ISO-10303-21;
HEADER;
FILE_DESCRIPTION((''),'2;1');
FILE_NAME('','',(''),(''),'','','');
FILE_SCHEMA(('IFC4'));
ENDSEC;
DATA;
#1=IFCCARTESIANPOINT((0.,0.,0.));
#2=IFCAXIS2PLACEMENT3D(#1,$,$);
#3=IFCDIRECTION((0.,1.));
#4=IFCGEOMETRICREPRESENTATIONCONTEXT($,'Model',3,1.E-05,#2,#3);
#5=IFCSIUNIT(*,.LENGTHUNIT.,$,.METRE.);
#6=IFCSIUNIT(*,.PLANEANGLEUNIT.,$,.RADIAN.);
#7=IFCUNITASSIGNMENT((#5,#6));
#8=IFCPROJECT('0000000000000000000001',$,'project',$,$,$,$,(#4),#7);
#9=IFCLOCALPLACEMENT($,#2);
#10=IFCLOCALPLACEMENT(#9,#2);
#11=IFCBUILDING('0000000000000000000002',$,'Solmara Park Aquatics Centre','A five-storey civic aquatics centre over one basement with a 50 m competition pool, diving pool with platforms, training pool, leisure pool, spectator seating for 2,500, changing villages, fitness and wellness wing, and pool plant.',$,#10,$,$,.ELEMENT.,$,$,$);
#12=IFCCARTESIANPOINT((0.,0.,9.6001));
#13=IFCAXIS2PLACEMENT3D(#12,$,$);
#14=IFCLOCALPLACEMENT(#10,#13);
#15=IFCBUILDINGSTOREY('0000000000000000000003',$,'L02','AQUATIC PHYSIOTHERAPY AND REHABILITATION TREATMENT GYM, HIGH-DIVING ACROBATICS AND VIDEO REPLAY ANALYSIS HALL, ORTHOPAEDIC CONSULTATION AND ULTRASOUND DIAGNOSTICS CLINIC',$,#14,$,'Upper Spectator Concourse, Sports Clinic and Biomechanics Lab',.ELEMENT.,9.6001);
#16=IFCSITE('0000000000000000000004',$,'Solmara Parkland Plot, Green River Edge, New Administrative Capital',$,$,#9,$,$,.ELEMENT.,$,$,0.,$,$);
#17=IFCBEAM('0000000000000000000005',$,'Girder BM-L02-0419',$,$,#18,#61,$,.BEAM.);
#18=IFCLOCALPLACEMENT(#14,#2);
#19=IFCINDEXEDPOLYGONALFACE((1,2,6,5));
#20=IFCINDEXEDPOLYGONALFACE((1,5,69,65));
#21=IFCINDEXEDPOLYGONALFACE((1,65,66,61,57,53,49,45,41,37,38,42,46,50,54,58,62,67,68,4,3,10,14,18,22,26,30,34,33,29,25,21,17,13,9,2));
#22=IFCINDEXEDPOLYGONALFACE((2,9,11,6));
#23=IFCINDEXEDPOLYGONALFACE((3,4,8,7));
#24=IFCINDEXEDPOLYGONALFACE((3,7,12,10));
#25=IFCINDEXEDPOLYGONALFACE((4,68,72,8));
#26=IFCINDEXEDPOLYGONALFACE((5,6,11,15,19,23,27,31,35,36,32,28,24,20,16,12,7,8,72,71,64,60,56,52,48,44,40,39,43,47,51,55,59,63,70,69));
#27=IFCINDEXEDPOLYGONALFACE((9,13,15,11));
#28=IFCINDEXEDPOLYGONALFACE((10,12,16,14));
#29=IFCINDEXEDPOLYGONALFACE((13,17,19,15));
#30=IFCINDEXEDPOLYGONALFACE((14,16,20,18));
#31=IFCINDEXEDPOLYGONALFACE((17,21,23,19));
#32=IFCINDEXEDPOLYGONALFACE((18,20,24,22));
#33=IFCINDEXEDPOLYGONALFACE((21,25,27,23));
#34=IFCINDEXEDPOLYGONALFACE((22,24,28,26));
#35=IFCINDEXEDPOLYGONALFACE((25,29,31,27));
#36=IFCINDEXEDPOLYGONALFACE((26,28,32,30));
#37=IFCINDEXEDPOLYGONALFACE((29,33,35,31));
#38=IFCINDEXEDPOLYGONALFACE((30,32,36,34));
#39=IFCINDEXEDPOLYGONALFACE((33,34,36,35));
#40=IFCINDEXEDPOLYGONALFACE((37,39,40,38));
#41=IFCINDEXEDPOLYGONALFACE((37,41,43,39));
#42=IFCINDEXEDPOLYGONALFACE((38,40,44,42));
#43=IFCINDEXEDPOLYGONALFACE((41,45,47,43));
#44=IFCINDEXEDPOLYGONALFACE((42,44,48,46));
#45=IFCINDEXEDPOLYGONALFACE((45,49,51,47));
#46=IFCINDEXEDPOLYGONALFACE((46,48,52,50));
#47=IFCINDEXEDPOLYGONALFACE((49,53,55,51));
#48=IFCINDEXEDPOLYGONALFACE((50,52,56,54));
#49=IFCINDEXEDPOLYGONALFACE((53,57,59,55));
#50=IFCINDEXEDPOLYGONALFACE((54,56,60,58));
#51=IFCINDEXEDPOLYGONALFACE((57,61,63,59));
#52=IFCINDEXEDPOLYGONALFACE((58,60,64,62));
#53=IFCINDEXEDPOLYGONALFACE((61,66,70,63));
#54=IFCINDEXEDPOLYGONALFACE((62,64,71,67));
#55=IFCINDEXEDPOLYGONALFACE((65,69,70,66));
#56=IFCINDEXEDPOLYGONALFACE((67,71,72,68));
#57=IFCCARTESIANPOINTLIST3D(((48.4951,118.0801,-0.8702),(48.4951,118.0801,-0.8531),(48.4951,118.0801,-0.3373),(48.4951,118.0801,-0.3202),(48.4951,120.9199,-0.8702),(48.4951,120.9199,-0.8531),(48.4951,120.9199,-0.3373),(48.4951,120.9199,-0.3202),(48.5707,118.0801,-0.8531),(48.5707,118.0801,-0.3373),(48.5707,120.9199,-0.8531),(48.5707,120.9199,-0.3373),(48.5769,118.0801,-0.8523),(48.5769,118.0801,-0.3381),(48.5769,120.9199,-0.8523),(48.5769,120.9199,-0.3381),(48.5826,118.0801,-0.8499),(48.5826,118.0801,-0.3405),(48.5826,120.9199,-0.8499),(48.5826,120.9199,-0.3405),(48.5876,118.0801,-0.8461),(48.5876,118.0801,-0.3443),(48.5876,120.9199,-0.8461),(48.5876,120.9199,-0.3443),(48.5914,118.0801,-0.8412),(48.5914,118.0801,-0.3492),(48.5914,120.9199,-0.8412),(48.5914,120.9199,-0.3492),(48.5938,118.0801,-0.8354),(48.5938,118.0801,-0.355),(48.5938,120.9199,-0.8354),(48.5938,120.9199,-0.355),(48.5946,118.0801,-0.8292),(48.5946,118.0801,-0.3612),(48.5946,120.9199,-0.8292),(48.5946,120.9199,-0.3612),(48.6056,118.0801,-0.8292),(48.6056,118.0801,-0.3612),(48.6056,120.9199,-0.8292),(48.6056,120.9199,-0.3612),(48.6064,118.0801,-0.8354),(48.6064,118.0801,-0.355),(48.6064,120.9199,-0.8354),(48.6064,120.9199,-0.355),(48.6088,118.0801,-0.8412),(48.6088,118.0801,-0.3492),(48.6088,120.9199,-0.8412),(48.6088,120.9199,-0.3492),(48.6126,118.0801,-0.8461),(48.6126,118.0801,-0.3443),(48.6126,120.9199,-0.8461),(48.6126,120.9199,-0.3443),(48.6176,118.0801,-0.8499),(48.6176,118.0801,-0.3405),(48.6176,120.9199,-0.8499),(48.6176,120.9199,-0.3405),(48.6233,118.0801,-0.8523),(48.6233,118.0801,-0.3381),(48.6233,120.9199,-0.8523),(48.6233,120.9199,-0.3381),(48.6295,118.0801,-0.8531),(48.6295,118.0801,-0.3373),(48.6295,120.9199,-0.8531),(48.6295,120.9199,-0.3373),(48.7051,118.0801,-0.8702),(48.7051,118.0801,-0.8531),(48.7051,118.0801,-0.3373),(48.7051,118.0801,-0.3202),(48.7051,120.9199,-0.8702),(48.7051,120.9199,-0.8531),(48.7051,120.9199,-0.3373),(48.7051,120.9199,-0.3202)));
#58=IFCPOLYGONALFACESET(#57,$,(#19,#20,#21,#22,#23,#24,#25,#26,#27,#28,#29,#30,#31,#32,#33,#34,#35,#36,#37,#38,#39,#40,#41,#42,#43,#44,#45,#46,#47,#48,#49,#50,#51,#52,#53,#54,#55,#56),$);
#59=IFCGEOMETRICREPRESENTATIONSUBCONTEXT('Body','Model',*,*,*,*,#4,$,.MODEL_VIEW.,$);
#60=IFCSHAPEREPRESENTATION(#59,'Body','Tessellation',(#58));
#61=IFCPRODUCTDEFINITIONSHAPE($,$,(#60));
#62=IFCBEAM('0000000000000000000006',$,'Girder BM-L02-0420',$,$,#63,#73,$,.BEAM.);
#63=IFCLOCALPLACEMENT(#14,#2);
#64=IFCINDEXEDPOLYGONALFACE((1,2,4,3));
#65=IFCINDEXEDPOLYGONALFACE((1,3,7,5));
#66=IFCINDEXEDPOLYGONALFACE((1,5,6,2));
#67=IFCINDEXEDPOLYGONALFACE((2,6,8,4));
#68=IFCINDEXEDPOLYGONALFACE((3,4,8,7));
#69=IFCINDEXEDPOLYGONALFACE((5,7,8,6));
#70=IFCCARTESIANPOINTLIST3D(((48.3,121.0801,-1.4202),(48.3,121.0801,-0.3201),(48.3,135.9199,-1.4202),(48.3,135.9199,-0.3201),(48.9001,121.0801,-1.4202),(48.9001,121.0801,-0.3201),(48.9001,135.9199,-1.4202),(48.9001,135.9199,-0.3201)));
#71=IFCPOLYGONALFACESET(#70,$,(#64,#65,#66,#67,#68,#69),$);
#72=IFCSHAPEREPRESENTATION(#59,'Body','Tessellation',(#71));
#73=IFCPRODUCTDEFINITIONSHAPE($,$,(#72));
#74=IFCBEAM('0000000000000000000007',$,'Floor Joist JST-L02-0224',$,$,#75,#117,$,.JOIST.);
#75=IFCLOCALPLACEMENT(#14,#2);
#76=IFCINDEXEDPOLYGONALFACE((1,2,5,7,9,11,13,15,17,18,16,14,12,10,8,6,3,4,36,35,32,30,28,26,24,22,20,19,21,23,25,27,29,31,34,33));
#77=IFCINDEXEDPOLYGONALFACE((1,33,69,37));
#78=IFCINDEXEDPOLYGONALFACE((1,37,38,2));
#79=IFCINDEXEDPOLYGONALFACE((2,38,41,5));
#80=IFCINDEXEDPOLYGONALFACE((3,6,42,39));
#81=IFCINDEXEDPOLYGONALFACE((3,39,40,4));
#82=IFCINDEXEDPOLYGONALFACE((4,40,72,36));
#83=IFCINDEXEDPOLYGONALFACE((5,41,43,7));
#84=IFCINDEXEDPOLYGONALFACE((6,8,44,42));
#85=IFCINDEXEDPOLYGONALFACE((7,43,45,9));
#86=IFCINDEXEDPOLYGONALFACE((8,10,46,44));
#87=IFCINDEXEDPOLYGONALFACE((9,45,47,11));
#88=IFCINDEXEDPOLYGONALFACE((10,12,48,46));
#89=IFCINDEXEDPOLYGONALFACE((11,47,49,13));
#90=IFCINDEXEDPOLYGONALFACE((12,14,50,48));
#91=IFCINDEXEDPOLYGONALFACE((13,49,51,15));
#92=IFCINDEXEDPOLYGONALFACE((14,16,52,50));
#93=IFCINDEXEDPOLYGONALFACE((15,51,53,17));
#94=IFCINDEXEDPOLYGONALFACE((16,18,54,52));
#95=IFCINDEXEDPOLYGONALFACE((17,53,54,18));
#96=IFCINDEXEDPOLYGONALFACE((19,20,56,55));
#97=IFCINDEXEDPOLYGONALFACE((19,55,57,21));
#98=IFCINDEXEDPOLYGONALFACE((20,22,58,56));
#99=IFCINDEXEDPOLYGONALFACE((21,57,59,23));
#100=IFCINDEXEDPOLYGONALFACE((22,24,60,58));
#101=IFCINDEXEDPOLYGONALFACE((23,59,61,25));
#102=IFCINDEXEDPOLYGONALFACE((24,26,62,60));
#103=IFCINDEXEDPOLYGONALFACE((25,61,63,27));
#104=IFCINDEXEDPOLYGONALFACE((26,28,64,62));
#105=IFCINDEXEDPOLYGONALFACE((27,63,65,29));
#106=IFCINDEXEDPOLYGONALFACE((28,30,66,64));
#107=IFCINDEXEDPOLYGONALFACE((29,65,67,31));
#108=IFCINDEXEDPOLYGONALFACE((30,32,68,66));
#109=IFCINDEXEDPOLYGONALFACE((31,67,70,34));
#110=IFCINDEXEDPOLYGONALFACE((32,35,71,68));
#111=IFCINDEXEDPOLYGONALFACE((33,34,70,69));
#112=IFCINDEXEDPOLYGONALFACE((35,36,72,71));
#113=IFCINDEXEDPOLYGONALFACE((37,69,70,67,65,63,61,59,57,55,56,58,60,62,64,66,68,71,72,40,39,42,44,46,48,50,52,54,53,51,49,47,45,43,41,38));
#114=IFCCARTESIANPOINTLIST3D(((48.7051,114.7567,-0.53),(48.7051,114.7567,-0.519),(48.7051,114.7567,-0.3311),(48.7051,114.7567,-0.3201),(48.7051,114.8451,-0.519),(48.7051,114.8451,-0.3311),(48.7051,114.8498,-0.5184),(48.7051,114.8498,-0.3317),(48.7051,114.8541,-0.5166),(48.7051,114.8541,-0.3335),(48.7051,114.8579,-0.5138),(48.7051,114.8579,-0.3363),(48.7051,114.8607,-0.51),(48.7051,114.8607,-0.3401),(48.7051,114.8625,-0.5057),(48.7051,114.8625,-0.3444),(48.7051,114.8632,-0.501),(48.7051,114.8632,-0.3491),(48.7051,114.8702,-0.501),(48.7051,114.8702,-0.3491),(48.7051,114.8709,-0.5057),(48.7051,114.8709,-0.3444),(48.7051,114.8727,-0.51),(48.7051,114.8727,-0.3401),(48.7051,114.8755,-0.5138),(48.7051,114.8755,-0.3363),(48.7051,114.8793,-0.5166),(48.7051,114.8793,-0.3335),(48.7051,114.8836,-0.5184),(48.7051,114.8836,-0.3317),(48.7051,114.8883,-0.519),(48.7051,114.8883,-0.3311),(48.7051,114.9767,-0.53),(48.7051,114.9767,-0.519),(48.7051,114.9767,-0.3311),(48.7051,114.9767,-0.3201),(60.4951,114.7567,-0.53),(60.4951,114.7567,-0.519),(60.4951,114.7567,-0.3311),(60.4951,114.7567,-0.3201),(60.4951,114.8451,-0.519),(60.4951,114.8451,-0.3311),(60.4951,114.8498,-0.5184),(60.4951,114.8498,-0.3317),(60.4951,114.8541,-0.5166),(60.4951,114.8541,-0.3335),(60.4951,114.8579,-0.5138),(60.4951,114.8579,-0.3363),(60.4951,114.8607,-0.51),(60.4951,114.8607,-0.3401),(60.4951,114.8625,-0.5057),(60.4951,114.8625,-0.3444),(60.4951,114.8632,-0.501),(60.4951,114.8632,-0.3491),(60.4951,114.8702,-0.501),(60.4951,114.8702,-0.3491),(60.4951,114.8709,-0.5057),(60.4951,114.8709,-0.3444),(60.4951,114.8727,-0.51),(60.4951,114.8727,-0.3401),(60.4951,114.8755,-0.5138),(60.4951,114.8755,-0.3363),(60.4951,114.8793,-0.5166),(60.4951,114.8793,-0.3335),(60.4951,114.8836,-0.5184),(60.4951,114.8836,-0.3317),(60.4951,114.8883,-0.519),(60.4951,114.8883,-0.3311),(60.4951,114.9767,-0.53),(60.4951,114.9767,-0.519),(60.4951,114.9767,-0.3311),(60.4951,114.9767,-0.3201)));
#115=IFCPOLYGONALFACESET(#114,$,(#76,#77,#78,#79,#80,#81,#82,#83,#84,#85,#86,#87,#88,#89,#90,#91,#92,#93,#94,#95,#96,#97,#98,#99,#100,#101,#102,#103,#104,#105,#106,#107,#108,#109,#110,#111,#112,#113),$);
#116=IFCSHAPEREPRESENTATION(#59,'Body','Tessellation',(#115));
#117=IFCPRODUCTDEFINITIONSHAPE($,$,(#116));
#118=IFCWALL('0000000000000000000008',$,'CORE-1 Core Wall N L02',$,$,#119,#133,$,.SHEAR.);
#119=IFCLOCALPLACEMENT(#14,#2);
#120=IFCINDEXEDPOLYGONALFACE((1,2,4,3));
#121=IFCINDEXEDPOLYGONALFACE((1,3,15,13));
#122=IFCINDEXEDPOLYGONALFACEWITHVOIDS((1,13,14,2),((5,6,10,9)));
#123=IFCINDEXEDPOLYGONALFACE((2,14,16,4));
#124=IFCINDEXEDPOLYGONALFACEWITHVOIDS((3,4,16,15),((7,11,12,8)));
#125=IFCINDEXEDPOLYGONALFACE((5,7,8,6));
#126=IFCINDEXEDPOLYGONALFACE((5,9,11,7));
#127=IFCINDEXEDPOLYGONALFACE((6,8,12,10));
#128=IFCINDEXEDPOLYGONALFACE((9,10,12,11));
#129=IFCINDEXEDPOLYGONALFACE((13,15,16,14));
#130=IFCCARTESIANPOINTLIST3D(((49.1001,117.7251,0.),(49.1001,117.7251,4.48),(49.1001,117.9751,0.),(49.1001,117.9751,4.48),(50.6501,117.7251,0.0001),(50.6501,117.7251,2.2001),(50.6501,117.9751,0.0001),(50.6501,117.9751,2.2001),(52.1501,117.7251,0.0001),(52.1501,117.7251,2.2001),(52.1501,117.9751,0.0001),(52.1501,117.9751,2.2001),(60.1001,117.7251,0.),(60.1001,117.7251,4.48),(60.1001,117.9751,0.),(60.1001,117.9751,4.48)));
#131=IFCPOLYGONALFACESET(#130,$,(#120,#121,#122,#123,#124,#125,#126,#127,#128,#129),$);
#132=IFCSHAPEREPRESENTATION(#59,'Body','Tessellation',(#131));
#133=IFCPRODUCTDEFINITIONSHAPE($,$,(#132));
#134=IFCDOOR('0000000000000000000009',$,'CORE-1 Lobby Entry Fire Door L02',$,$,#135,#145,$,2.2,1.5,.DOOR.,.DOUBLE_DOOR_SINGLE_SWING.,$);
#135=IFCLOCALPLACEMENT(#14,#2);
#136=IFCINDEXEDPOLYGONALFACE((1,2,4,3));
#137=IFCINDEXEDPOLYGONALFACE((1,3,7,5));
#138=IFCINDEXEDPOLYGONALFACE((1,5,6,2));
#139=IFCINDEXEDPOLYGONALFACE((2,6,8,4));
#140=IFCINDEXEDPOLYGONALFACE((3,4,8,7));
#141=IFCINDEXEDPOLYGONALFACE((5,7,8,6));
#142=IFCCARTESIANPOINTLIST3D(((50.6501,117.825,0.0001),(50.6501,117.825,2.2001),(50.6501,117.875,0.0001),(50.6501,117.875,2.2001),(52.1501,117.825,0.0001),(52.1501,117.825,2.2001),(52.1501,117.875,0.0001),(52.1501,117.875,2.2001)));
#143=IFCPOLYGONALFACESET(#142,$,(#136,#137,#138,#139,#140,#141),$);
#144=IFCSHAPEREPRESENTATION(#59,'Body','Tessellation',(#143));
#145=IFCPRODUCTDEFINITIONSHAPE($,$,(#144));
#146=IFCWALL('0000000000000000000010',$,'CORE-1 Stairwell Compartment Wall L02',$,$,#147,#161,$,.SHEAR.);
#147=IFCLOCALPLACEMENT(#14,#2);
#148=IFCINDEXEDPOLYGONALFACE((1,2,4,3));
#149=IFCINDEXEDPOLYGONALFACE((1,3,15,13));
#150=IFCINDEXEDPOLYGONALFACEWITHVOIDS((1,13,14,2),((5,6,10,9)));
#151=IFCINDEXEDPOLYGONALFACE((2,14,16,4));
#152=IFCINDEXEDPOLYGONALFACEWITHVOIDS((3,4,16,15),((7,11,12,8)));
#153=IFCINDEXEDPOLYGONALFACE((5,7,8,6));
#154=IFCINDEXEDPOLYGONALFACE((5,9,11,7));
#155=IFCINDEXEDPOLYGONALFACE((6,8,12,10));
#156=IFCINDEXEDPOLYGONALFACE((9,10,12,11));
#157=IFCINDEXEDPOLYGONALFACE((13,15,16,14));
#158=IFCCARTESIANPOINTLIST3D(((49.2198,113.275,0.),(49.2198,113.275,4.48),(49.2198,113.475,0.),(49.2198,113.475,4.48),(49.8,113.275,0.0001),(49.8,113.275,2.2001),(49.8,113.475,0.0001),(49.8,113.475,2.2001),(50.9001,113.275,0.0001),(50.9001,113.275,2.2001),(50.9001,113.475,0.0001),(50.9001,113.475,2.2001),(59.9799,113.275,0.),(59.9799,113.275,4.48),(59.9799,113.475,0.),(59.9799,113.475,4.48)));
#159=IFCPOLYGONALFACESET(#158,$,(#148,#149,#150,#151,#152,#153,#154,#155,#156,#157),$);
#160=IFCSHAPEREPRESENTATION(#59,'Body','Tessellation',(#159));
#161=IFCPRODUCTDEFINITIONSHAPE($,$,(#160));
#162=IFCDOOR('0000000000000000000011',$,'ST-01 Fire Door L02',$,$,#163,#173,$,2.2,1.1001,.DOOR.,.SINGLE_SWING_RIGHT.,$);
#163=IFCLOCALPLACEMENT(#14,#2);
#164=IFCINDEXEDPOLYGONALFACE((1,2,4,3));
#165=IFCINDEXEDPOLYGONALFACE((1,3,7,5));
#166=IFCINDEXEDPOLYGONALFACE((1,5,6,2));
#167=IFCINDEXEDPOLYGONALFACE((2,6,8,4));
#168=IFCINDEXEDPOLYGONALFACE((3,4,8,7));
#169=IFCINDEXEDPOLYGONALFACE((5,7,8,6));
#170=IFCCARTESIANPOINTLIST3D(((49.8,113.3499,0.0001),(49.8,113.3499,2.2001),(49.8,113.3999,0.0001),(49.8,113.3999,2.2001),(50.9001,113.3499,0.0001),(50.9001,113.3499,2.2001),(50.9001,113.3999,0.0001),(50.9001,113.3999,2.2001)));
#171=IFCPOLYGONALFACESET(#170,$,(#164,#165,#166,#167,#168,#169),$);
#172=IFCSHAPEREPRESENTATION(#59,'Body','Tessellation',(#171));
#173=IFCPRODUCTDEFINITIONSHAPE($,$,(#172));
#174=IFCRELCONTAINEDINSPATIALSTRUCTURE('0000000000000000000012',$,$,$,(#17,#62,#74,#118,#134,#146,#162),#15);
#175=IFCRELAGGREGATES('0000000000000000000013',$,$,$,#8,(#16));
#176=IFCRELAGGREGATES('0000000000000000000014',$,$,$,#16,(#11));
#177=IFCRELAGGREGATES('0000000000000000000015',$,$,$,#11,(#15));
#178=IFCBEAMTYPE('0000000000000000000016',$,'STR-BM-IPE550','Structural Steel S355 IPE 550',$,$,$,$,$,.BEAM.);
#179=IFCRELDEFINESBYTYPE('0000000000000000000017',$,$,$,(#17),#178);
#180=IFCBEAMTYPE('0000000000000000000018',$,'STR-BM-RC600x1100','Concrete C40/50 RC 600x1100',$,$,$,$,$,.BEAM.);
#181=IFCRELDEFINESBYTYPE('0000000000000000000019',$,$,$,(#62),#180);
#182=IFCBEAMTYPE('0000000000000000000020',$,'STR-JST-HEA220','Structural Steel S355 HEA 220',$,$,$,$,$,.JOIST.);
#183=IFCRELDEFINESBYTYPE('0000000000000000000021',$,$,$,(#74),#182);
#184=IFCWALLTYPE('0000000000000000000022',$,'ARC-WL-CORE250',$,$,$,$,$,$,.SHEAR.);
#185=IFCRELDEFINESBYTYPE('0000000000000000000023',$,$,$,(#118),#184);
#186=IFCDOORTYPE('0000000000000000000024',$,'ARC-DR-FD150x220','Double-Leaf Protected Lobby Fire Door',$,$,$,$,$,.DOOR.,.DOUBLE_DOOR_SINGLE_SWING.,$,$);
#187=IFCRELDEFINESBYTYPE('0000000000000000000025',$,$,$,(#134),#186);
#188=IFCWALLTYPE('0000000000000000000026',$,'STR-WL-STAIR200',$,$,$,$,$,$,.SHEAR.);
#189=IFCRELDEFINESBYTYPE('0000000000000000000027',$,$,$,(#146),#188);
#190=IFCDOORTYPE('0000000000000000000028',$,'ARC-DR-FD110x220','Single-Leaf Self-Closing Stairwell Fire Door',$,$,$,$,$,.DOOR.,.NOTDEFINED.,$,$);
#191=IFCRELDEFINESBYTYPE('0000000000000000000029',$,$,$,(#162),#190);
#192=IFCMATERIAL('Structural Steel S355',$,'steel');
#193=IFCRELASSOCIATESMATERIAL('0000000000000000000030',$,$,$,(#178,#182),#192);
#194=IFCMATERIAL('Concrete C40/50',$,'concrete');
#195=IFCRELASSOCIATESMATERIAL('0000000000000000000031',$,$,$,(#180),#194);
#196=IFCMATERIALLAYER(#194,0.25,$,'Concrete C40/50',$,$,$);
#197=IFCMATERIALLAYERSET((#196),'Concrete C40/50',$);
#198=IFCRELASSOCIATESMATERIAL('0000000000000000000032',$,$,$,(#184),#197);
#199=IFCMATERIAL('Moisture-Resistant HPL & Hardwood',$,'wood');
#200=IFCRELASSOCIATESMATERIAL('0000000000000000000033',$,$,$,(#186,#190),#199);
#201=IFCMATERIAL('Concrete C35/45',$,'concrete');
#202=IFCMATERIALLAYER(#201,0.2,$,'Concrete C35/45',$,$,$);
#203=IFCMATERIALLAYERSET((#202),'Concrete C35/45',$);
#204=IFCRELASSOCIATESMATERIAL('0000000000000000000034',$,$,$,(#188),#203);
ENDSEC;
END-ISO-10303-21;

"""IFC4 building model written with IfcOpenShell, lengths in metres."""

from ifc_helpers import new_model, si_unit, direction, frame, frame_2d, origin, origin_2d, place, context, subcontext, project, spatial, rectangle, i_section, extrude, material, layer, layer_set, material_profile, profile_set, type_object, element, fill, save


model = new_model("IFC4")

# Units and contexts
model_context = context("Model", 3, precision=1e-05, world=origin(), true_north=direction((0.0, 1.0)))
body_context = subcontext(model_context, "Body", "Model", "MODEL_VIEW")
ifc_project = project(units=[si_unit("LENGTHUNIT", "METRE"), si_unit("PLANEANGLEUNIT", "RADIAN")], contexts=[model_context])

# Site, building, storey
site_placement = place(None, origin())
site = spatial("IfcSite", under=ifc_project, at=site_placement, Name="Solmara Parkland Plot, Green River Edge, New Administrative Capital", CompositionType="ELEMENT", RefElevation=0.0)
building_placement = place(site_placement, origin())
building = spatial("IfcBuilding", under=site, at=building_placement, Name="Solmara Park Aquatics Centre", Description="A five-storey civic aquatics centre over one basement with a 50 m competition pool, diving pool with platforms, training pool, leisure pool, spectator seating for 2,500, changing villages, fitness and wellness wing, and pool plant.", CompositionType="ELEMENT")
storey_placement = place(building_placement, frame((0.0, 0.0, 9.6001)))
storey = spatial("IfcBuildingStorey", under=building, at=storey_placement, Name="L02", Description="AQUATIC PHYSIOTHERAPY AND REHABILITATION TREATMENT GYM, HIGH-DIVING ACROBATICS AND VIDEO REPLAY ANALYSIS HALL, ORTHOPAEDIC CONSULTATION AND ULTRASOUND DIAGNOSTICS CLINIC", LongName="Upper Spectator Concourse, Sports Clinic and Biomechanics Lab", CompositionType="ELEMENT", Elevation=9.6001)

# Shared definitions
ifc_material_1 = material(Name="Structural Steel S355", Category="steel")
ifc_material_2 = material(Name="Concrete C40/50", Category="concrete")

# Beams
ifc_material_profile_1 = material_profile(ifc_material_1, i_section(OverallWidth=0.21, OverallDepth=0.55, WebThickness=0.011, FlangeThickness=0.0171, FilletRadius=0.0239, at=origin_2d()), Name="IPE 550")
ifc_profile_set_1 = profile_set([ifc_material_profile_1], Name="Structural Steel S355")
beam_type_1 = type_object("IfcBeamType", Name="STR-BM-IPE550", Description="Structural Steel S355 IPE 550", PredefinedType="BEAM", material=ifc_profile_set_1)
beam_1_placement = place(storey_placement, frame((48.6001, 118.0801, -0.5952), z_axis=(0.0, 1.0, 0.0), x_axis=(-1.0, 0.0, 0.0)))
element("IfcBeam", 1, at=beam_1_placement, inside=storey, type_object=beam_type_1, Name="Girder BM-L02-0419", PredefinedType="BEAM", context=body_context, shape_type="SweptSolid", body=[
    extrude(i_section(OverallWidth=0.21, OverallDepth=0.55, WebThickness=0.011, FlangeThickness=0.0171, FilletRadius=0.0239, at=origin_2d()), origin(), (0.0, 0.0, 1.0), 2.8398),
])
ifc_material_profile_2 = material_profile(ifc_material_2, rectangle(XDim=0.6001, YDim=1.1001, at=origin_2d()), Name="RC 600x1100")
ifc_profile_set_2 = profile_set([ifc_material_profile_2], Name="Concrete C40/50")
beam_type_2 = type_object("IfcBeamType", Name="STR-BM-RC600x1100", Description="Concrete C40/50 RC 600x1100", PredefinedType="BEAM", material=ifc_profile_set_2)
beam_2_placement = place(storey_placement, frame((48.6001, 121.0801, -0.8701), z_axis=(0.0, 1.0, 0.0), x_axis=(-1.0, 0.0, 0.0)))
element("IfcBeam", 2, at=beam_2_placement, inside=storey, type_object=beam_type_2, Name="Girder BM-L02-0420", PredefinedType="BEAM", context=body_context, shape_type="SweptSolid", body=[
    extrude(rectangle(XDim=0.6001, YDim=1.1001, at=origin_2d()), origin(), (0.0, 0.0, 1.0), 14.8398),
])
ifc_material_profile_3 = material_profile(ifc_material_1, i_section(OverallWidth=0.22, OverallDepth=0.21, WebThickness=0.0071, FlangeThickness=0.011, FilletRadius=0.0181, at=origin_2d()), Name="HEA 220")
ifc_profile_set_3 = profile_set([ifc_material_profile_3], Name="Structural Steel S355")
beam_type_3 = type_object("IfcBeamType", Name="STR-JST-HEA220", Description="Structural Steel S355 HEA 220", PredefinedType="JOIST", material=ifc_profile_set_3)
beam_3_placement = place(storey_placement, frame((48.7051, 114.8667, -0.425), z_axis=(1.0, 0.0, 0.0), x_axis=(0.0, 1.0, 0.0)))
element("IfcBeam", 3, at=beam_3_placement, inside=storey, type_object=beam_type_3, Name="Floor Joist JST-L02-0224", PredefinedType="JOIST", context=body_context, shape_type="SweptSolid", body=[
    extrude(i_section(OverallWidth=0.22, OverallDepth=0.21, WebThickness=0.0071, FlangeThickness=0.011, FilletRadius=0.0181, at=origin_2d()), origin(), (0.0, 0.0, 1.0), 11.79),
])

# Walls, openings, doors
ifc_layer_1 = layer(ifc_material_2, 0.25, Name="Concrete C40/50")
ifc_layer_set_1 = layer_set([ifc_layer_1], Name="Concrete C40/50")
wall_type_1 = type_object("IfcWallType", Name="ARC-WL-CORE250", PredefinedType="SHEAR", material=ifc_layer_set_1)
wall_1_placement = place(storey_placement, frame((49.1001, 117.8501, 0.0), z_axis=(0.0, 0.0, 1.0), x_axis=(1.0, 0.0, 0.0)))
wall_1 = element("IfcWall", 4, at=wall_1_placement, inside=storey, type_object=wall_type_1, Name="CORE-1 Core Wall N L02", PredefinedType="SHEAR", context=body_context, shape_type="SweptSolid", body=[
    extrude(rectangle(XDim=11.0, YDim=0.25, at=frame_2d((5.5, 0.0))), origin(), (0.0, 0.0, 1.0), 4.48),
])
opening_1_placement = place(wall_1_placement, frame((1.55, 0.0, 0.0)))
opening_1 = element("IfcOpeningElement", 5, at=opening_1_placement, cuts=wall_1, PredefinedType="OPENING", context=body_context, shape_type="SweptSolid", body=[
    extrude(rectangle(XDim=1.5, YDim=2.2, at=frame_2d((0.75, 1.1001))), frame((0.0, 0.135, 0.0), z_axis=(0.0, -1.0, 0.0), x_axis=(1.0, 0.0, 0.0)), (0.0, 0.0, 1.0), 0.27),
])
ifc_material_3 = material(Name="Moisture-Resistant HPL & Hardwood", Category="wood")
door_type_1 = type_object("IfcDoorType", Name="ARC-DR-FD150x220", Description="Double-Leaf Protected Lobby Fire Door", OperationType="DOUBLE_DOOR_SINGLE_SWING", PredefinedType="DOOR", material=ifc_material_3)
door_1_placement = place(opening_1_placement, origin())
door_1 = element("IfcDoor", 6, at=door_1_placement, inside=storey, type_object=door_type_1, Name="CORE-1 Lobby Entry Fire Door L02", OperationType="DOUBLE_DOOR_SINGLE_SWING", OverallHeight=2.2, OverallWidth=1.5, PredefinedType="DOOR", context=body_context, shape_type="SweptSolid", body=[
    extrude(rectangle(XDim=1.5, YDim=2.2, at=frame_2d((0.75, 1.1001))), frame((0.0, 0.0249, 0.0), z_axis=(0.0, -1.0, 0.0), x_axis=(1.0, 0.0, 0.0)), (0.0, 0.0, 1.0), 0.05),
])
fill(opening_1, door_1)
ifc_material_4 = material(Name="Concrete C35/45", Category="concrete")
ifc_layer_2 = layer(ifc_material_4, 0.2, Name="Concrete C35/45")
ifc_layer_set_2 = layer_set([ifc_layer_2], Name="Concrete C35/45")
wall_type_2 = type_object("IfcWallType", Name="STR-WL-STAIR200", PredefinedType="SHEAR", material=ifc_layer_set_2)
wall_2_placement = place(storey_placement, frame((49.22, 113.375, 0.0), z_axis=(0.0, 0.0, 1.0), x_axis=(1.0, 0.0, 0.0)))
wall_2 = element("IfcWall", 7, at=wall_2_placement, inside=storey, type_object=wall_type_2, Name="CORE-1 Stairwell Compartment Wall L02", PredefinedType="SHEAR", context=body_context, shape_type="SweptSolid", body=[
    extrude(rectangle(XDim=10.76, YDim=0.2, at=frame_2d((5.3799, 0.0))), origin(), (0.0, 0.0, 1.0), 4.48),
])
opening_2_placement = place(wall_2_placement, frame((0.5801, 0.0, 0.0)))
opening_2 = element("IfcOpeningElement", 8, at=opening_2_placement, cuts=wall_2, PredefinedType="OPENING", context=body_context, shape_type="SweptSolid", body=[
    extrude(rectangle(XDim=1.1001, YDim=2.2, at=frame_2d((0.55, 1.1001))), frame((0.0, 0.1099, 0.0), z_axis=(0.0, -1.0, 0.0), x_axis=(1.0, 0.0, 0.0)), (0.0, 0.0, 1.0), 0.22),
])
door_type_2 = type_object("IfcDoorType", Name="ARC-DR-FD110x220", Description="Single-Leaf Self-Closing Stairwell Fire Door", OperationType="NOTDEFINED", PredefinedType="DOOR", material=ifc_material_3)
door_2_placement = place(opening_2_placement, origin())
door_2 = element("IfcDoor", 9, at=door_2_placement, inside=storey, type_object=door_type_2, Name="ST-01 Fire Door L02", OperationType="SINGLE_SWING_RIGHT", OverallHeight=2.2, OverallWidth=1.1001, PredefinedType="DOOR", context=body_context, shape_type="SweptSolid", body=[
    extrude(rectangle(XDim=1.1001, YDim=2.2, at=frame_2d((0.55, 1.1001))), frame((0.0, 0.0249, 0.0), z_axis=(0.0, -1.0, 0.0), x_axis=(1.0, 0.0, 0.0)), (0.0, 0.0, 1.0), 0.05),
])
fill(opening_2, door_2)

save(model, "model.ifc")
